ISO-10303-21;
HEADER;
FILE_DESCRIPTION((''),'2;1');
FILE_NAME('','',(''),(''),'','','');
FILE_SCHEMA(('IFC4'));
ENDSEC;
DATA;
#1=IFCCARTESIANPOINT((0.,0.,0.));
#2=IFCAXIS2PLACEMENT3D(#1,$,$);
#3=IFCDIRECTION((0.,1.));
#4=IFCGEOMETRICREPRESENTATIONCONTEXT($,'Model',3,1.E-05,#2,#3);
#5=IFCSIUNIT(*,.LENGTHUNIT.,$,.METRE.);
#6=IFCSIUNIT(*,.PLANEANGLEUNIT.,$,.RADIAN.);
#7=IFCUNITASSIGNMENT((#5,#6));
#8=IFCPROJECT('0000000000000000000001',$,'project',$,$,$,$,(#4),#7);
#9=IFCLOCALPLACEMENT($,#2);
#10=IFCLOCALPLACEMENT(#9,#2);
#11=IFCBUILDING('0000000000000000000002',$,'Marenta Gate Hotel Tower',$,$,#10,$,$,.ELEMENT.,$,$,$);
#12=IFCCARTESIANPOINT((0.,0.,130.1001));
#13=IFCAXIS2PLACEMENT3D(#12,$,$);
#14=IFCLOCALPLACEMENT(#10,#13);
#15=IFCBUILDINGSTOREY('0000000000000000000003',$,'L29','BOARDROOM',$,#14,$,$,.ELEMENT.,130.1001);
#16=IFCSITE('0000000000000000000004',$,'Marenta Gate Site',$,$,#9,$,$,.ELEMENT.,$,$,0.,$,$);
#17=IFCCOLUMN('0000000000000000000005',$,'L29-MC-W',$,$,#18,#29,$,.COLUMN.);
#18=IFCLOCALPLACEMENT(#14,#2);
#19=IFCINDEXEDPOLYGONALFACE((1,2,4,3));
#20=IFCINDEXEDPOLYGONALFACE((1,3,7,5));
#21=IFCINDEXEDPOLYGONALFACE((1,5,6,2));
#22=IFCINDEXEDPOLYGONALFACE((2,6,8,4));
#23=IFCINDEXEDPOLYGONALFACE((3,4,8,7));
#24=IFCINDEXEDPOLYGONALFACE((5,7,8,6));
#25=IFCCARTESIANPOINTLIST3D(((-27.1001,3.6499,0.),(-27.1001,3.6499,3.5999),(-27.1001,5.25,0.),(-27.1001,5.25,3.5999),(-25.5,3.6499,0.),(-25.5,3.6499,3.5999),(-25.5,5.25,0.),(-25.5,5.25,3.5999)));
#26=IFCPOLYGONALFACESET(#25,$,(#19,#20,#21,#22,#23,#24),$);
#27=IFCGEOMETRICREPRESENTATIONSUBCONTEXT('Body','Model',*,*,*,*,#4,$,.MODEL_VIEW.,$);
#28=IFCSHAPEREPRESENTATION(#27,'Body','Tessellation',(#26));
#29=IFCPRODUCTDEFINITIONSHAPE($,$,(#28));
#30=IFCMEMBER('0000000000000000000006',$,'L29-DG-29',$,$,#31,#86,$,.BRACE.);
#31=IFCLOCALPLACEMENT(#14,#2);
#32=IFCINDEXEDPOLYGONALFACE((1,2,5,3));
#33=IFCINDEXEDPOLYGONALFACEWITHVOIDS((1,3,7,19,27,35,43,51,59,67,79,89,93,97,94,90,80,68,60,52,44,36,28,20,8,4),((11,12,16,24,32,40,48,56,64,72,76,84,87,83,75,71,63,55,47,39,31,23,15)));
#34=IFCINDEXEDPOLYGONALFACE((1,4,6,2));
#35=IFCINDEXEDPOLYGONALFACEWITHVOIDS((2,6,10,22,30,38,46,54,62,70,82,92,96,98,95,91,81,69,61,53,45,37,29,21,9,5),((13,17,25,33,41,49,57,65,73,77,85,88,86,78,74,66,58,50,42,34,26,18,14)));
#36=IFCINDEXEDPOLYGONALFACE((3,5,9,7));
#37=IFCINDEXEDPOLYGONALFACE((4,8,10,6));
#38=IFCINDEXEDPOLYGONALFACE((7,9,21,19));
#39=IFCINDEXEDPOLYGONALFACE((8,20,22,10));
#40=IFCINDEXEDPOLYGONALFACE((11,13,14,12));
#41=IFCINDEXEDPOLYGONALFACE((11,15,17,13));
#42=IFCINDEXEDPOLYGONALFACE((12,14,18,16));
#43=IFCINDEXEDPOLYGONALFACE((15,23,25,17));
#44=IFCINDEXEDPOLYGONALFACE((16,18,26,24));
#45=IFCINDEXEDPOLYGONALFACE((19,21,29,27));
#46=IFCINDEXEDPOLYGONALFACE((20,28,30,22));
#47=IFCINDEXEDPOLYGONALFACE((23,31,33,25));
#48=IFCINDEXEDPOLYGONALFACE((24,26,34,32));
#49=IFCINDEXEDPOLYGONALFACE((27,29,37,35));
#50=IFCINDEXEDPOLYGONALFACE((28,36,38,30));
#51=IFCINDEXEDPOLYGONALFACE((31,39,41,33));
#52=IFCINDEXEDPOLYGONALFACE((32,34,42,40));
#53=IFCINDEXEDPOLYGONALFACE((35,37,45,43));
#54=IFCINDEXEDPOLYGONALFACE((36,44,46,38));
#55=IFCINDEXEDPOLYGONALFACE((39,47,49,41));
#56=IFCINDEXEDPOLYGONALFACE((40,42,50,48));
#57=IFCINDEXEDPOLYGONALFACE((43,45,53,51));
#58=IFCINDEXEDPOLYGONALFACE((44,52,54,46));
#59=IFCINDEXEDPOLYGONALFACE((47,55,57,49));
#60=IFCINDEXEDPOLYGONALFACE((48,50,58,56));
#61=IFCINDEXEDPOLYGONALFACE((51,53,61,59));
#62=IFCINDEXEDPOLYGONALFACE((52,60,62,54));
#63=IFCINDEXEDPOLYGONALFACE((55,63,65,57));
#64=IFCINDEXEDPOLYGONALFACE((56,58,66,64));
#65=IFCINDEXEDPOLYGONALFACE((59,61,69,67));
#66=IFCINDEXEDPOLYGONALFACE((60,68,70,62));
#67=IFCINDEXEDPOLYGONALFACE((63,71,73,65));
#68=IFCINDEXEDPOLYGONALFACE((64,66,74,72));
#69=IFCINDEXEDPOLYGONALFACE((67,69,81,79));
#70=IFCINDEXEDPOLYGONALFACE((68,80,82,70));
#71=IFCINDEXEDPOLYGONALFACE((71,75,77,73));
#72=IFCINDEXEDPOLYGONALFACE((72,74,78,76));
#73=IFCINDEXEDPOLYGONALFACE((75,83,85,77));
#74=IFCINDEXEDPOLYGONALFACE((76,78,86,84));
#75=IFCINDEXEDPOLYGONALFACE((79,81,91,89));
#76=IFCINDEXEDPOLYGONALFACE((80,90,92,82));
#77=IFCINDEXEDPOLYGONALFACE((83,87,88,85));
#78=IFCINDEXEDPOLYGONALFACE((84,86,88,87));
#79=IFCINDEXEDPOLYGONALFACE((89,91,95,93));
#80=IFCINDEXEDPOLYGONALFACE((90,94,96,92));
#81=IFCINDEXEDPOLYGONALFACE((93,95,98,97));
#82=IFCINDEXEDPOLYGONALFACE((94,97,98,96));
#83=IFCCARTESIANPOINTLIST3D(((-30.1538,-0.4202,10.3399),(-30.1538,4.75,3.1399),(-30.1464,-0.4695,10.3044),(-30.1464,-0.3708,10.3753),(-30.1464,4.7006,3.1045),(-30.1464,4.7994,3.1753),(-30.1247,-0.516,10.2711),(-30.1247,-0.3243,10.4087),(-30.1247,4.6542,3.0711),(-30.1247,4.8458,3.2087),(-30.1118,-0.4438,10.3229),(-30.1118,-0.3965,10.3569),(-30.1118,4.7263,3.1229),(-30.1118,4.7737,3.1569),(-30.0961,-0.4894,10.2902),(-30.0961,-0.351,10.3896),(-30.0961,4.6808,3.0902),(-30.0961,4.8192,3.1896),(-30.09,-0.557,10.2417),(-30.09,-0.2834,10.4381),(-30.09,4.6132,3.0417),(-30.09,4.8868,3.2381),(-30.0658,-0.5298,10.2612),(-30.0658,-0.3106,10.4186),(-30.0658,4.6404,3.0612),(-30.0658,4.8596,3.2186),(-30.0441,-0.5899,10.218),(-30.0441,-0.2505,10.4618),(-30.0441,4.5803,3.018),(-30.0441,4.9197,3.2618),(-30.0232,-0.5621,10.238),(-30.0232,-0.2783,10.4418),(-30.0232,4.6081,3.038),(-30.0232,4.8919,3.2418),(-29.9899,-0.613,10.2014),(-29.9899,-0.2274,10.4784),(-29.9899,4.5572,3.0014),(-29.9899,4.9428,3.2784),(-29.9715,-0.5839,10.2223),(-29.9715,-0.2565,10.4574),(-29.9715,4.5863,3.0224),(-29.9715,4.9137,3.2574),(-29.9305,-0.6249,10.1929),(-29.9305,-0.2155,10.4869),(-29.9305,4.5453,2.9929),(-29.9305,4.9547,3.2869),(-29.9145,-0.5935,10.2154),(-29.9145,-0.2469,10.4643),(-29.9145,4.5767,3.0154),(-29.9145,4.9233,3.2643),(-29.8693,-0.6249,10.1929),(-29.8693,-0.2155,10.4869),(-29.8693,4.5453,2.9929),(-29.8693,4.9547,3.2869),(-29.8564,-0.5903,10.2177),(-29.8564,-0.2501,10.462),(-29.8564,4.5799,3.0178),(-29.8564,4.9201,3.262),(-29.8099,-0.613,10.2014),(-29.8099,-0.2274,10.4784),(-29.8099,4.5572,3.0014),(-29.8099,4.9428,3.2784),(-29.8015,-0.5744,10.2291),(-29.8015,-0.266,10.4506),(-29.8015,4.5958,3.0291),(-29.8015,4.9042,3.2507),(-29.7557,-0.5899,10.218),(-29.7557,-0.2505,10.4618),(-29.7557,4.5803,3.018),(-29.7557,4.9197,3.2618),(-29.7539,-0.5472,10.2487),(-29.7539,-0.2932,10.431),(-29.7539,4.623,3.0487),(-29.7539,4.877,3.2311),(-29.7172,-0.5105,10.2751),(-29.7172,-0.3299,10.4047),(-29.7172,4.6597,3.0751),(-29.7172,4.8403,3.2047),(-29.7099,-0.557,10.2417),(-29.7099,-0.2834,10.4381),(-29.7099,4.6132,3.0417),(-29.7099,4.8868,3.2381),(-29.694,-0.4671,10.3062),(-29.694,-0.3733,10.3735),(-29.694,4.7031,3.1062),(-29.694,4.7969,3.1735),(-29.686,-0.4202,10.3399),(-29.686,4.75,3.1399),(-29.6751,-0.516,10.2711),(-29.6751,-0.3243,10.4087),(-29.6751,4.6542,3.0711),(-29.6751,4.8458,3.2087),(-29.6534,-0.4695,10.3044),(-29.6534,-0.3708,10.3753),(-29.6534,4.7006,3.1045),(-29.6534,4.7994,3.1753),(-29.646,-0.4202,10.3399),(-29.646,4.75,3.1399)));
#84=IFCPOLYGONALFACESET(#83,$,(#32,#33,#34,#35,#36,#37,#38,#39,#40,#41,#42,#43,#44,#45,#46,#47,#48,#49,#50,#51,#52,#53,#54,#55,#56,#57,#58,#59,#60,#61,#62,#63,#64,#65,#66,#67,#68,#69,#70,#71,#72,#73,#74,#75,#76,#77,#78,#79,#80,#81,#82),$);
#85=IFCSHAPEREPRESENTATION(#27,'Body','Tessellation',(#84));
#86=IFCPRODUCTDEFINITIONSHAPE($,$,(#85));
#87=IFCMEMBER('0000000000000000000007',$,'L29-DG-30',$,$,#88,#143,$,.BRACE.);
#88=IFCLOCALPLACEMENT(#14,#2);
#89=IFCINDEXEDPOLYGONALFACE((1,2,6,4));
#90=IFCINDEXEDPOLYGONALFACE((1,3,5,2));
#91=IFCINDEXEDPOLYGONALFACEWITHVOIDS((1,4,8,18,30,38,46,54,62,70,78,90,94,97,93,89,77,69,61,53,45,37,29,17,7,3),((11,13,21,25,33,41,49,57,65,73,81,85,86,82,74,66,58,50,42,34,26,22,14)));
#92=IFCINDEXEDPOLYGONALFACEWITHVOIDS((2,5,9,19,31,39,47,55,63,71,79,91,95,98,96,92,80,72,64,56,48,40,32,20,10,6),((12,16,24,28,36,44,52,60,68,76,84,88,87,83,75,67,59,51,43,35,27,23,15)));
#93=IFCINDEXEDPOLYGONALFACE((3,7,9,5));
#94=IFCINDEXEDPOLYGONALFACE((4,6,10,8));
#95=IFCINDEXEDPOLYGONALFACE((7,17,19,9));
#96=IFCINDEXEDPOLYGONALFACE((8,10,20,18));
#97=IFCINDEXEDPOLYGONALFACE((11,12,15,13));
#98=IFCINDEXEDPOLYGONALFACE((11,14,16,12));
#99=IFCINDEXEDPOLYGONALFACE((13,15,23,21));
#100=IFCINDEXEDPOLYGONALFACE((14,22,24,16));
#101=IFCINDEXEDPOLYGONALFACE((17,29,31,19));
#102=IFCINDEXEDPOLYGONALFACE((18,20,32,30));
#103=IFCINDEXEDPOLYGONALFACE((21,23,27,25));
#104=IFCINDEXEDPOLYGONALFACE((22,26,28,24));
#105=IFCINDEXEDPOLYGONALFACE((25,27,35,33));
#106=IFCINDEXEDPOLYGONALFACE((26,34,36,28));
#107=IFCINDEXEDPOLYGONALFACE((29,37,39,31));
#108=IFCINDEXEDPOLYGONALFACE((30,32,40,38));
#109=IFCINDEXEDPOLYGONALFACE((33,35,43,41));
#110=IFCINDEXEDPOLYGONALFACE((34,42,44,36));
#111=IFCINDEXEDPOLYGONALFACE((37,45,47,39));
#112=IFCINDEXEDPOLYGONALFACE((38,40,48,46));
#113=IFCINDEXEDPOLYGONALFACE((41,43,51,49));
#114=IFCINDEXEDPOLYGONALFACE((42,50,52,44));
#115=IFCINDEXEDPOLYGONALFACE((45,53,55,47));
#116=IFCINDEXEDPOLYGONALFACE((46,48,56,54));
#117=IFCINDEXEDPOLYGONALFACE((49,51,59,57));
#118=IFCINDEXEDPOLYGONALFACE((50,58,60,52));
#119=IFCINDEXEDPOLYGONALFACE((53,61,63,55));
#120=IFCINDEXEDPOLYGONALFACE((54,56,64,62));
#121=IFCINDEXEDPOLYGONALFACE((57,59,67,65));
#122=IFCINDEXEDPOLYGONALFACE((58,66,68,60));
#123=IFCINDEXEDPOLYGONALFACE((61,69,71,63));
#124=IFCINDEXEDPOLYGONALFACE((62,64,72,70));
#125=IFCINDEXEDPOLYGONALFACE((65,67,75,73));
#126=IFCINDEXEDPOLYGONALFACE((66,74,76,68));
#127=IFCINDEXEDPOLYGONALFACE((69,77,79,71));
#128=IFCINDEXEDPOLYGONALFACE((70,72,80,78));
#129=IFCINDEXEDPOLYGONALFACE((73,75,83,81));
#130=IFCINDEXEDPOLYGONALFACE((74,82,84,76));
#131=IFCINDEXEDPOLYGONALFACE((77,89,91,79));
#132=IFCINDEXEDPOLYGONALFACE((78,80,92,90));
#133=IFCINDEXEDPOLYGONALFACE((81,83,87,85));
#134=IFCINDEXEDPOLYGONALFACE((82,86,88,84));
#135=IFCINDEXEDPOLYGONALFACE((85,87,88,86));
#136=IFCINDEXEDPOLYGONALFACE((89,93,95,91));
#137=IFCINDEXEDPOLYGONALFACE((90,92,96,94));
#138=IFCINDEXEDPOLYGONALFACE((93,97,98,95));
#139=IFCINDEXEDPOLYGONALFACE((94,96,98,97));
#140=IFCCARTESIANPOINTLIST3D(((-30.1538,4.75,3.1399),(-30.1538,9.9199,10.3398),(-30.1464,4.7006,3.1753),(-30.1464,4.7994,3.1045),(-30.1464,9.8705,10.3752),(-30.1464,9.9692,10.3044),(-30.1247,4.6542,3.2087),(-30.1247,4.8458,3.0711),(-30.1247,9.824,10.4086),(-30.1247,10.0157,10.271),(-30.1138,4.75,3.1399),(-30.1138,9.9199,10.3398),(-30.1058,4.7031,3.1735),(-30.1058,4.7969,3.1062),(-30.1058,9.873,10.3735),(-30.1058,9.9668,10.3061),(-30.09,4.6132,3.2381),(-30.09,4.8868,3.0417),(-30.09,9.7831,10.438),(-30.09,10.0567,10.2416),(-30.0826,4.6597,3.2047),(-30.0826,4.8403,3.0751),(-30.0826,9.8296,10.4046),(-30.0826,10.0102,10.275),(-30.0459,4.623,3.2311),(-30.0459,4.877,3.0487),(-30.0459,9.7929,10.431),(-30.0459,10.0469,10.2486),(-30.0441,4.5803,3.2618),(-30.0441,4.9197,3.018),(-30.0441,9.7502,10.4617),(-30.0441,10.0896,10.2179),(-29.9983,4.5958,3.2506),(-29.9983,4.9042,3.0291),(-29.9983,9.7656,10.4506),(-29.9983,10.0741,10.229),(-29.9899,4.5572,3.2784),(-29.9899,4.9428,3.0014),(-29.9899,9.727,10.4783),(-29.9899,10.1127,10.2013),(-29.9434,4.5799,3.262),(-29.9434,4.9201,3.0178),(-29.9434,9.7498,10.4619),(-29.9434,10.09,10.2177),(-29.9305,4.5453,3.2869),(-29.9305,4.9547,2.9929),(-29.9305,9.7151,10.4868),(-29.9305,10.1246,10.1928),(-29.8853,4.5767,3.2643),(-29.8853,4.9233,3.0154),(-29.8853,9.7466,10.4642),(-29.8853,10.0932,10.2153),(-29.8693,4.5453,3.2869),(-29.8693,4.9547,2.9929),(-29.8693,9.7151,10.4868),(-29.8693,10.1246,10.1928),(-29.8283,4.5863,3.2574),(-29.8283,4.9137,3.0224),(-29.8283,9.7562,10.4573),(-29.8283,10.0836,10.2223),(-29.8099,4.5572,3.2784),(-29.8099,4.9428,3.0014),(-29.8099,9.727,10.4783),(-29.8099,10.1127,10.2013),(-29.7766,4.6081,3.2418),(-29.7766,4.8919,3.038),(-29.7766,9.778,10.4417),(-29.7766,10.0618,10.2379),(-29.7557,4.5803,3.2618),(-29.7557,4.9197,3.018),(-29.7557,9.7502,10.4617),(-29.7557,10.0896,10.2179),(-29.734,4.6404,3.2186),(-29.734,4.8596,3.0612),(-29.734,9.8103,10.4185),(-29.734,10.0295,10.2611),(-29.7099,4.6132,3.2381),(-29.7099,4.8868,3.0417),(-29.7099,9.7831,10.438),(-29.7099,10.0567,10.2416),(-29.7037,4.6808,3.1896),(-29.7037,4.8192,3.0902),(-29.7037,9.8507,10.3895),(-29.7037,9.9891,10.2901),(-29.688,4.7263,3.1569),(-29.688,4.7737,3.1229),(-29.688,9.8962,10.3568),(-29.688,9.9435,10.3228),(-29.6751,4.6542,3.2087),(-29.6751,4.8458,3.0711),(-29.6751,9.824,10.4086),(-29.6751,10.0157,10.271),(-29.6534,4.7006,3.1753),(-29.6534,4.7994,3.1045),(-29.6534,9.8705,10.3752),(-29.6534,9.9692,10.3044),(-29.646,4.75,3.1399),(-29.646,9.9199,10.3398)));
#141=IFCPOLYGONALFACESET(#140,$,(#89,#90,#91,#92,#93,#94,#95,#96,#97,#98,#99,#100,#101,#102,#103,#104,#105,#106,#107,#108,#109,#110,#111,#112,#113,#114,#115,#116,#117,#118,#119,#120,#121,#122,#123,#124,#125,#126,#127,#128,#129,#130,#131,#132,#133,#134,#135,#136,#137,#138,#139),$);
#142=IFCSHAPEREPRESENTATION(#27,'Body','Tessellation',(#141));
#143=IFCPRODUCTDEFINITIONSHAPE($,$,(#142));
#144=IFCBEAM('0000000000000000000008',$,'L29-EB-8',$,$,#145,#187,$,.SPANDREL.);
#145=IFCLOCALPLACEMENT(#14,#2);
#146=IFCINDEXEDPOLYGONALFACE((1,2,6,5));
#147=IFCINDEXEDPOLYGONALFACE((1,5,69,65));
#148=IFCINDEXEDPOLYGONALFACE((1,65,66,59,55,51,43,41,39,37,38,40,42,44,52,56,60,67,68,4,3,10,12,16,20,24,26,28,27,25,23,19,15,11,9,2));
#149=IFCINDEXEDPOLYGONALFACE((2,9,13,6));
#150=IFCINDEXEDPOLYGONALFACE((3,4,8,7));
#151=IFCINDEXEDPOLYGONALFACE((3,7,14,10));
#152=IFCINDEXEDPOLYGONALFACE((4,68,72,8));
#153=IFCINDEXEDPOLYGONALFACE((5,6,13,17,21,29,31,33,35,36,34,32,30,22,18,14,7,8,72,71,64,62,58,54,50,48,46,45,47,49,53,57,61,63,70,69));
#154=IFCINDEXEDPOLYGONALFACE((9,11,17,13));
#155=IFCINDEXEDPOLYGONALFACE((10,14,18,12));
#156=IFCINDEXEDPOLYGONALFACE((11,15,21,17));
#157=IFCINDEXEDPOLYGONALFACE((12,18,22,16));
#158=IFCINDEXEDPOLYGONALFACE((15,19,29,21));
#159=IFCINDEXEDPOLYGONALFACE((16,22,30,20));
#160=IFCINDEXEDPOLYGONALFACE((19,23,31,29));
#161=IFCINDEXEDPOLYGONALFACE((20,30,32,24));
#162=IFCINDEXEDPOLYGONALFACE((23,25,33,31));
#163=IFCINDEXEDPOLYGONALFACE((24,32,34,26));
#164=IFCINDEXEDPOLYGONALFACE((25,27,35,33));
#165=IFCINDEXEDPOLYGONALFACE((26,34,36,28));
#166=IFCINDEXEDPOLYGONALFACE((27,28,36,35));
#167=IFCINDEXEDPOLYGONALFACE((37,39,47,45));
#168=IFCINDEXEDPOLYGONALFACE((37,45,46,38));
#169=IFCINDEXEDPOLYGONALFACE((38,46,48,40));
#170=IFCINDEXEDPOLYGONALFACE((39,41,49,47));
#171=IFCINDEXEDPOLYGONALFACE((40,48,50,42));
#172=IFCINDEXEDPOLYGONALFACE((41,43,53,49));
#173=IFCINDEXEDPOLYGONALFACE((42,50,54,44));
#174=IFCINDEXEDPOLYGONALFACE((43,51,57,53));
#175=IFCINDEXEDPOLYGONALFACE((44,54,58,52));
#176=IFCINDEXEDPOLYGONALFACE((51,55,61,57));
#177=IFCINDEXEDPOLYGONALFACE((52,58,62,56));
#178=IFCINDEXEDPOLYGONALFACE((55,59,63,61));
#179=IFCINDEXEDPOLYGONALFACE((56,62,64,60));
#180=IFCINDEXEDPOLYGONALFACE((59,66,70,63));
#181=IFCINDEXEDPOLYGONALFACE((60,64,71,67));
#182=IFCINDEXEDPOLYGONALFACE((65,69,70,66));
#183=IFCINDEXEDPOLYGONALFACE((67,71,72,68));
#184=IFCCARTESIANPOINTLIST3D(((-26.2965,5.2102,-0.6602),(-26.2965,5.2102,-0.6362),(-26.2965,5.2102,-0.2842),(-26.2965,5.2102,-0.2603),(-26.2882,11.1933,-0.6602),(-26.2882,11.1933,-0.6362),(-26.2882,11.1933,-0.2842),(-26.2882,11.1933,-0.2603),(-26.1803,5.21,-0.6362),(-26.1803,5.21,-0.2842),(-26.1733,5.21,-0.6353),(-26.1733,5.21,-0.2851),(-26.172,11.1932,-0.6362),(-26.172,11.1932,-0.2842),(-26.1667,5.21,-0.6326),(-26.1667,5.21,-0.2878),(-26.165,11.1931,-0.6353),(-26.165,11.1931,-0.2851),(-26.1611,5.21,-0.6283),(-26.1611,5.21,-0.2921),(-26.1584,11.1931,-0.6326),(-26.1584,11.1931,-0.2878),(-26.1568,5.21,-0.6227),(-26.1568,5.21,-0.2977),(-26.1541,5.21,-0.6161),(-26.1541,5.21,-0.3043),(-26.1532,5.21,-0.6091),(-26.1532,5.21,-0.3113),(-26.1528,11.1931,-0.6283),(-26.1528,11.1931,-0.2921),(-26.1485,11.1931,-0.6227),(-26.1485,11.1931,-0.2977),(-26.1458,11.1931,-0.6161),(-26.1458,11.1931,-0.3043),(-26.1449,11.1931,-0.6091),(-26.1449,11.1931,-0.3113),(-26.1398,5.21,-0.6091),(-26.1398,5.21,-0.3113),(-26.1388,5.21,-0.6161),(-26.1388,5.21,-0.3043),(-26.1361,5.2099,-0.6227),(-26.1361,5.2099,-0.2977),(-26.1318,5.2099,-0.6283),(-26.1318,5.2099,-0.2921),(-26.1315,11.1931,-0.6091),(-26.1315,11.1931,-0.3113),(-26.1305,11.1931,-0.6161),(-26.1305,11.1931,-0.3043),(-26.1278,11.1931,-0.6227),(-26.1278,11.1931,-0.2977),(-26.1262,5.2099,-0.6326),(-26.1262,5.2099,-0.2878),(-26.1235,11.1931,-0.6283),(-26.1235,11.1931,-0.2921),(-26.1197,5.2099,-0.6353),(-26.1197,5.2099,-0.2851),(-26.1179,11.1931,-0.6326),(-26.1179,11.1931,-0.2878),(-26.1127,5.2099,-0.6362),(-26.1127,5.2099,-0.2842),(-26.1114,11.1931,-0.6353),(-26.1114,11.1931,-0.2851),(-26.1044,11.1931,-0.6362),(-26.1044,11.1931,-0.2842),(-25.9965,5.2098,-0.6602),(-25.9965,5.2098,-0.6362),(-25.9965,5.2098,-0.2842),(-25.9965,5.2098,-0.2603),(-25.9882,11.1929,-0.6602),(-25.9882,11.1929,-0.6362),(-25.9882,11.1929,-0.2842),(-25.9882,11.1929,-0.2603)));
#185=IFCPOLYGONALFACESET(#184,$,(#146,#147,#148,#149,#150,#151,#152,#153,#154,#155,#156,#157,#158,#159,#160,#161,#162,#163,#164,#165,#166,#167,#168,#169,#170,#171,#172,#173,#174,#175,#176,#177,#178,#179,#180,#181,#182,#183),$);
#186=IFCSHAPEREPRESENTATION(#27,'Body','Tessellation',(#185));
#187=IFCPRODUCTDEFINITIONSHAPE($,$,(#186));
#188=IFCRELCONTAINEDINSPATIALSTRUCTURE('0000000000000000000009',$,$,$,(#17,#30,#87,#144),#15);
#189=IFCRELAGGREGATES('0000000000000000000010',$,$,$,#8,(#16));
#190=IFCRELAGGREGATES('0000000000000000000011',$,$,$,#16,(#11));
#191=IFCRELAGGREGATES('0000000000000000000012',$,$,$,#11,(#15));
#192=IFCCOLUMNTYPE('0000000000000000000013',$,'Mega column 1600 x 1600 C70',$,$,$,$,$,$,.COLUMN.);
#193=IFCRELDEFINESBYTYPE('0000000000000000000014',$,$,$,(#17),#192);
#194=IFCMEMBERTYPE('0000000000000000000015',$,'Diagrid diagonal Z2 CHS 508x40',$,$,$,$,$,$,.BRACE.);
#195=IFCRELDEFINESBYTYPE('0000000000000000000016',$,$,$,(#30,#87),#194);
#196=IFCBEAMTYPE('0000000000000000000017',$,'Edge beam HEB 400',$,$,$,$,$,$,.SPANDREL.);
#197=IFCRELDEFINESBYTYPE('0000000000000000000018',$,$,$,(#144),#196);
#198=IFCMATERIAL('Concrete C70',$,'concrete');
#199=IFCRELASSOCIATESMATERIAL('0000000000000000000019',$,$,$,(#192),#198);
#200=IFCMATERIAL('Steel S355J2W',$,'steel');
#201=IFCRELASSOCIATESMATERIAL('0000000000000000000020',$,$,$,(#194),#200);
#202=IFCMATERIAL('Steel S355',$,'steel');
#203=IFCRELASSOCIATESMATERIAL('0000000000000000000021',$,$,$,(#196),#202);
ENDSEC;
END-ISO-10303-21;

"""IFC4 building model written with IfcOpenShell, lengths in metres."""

from ifc_helpers import new_model, si_unit, direction, frame, origin, origin_2d, place, context, subcontext, project, spatial, rectangle, hollow_circle, i_section, extrude, material, material_profile, profile_set, type_object, element, save


model = new_model("IFC4")

# Units and contexts
model_context = context("Model", 3, precision=1e-05, world=origin(), true_north=direction((0.0, 1.0)))
body_context = subcontext(model_context, "Body", "Model", "MODEL_VIEW")
ifc_project = project(units=[si_unit("LENGTHUNIT", "METRE"), si_unit("PLANEANGLEUNIT", "RADIAN")], contexts=[model_context])

# Site, building, storey
site_placement = place(None, origin())
site = spatial("IfcSite", under=ifc_project, at=site_placement, Name="Marenta Gate Site", CompositionType="ELEMENT", RefElevation=0.0)
building_placement = place(site_placement, origin())
building = spatial("IfcBuilding", under=site, at=building_placement, Name="Marenta Gate Hotel Tower", CompositionType="ELEMENT")
storey_placement = place(building_placement, frame((0.0, 0.0, 130.1001)))
storey = spatial("IfcBuildingStorey", under=building, at=storey_placement, Name="L29", Description="BOARDROOM", CompositionType="ELEMENT", Elevation=130.1001)

# Column
ifc_material_1 = material(Name="Concrete C70", Category="concrete")
ifc_material_profile_1 = material_profile(ifc_material_1, rectangle(XDim=1.6001, YDim=1.6001, at=origin_2d()), Name="1600 x 1600")
ifc_profile_set_1 = profile_set([ifc_material_profile_1], Name="Concrete C70")
column_type = type_object("IfcColumnType", Name="Mega column 1600 x 1600 C70", PredefinedType="COLUMN", material=ifc_profile_set_1)
column_placement = place(storey_placement, frame((-26.3, 4.45, 0.0), z_axis=(0.0, 0.0, 1.0), x_axis=(1.0, 0.0, 0.0)))
element("IfcColumn", 1, at=column_placement, inside=storey, type_object=column_type, Name="L29-MC-W", PredefinedType="COLUMN", context=body_context, shape_type="SweptSolid", body=[
    extrude(rectangle(XDim=1.6001, YDim=1.6001, at=origin_2d()), origin(), (0.0, 0.0, 1.0), 3.5999),
])

# Members
ifc_material_2 = material(Name="Steel S355J2W", Category="steel")
ifc_material_profile_2 = material_profile(ifc_material_2, hollow_circle(Radius=0.2539, WallThickness=0.04, at=origin_2d()), Name="CHS 508x40")
ifc_profile_set_2 = profile_set([ifc_material_profile_2], Name="Steel S355J2W")
member_type_1 = type_object("IfcMemberType", Name="Diagrid diagonal Z2 CHS 508x40", PredefinedType="BRACE", material=ifc_profile_set_2)
member_1_placement = place(storey_placement, frame((-29.8999, 4.75, 3.1399), z_axis=(0.0, -0.583279, 0.812272), x_axis=(1.0, 0.0, 0.0)))
element("IfcMember", 2, at=member_1_placement, inside=storey, type_object=member_type_1, Name="L29-DG-29", PredefinedType="BRACE", context=body_context, shape_type="SweptSolid", body=[
    extrude(hollow_circle(Radius=0.2539, WallThickness=0.04, at=origin_2d()), origin(), (0.0, 0.0, 1.0), 8.864),
])
member_2_placement = place(storey_placement, frame((-29.8999, 4.75, 3.1399), z_axis=(0.0, 0.583261, 0.812285), x_axis=(-1.0, 0.0, 0.0)))
element("IfcMember", 3, at=member_2_placement, inside=storey, type_object=member_type_1, Name="L29-DG-30", PredefinedType="BRACE", context=body_context, shape_type="SweptSolid", body=[
    extrude(hollow_circle(Radius=0.2539, WallThickness=0.04, at=origin_2d()), origin(), (0.0, 0.0, 1.0), 8.8638),
])

# Beam
ifc_material_3 = material(Name="Steel S355", Category="steel")
ifc_material_profile_3 = material_profile(ifc_material_3, i_section(OverallWidth=0.3, OverallDepth=0.3999, WebThickness=0.0134, FlangeThickness=0.0239, FilletRadius=0.0271, at=origin_2d()), Name="HEB 400")
ifc_profile_set_3 = profile_set([ifc_material_profile_3], Name="Steel S355")
beam_type_1 = type_object("IfcBeamType", Name="Edge beam HEB 400", PredefinedType="SPANDREL", material=ifc_profile_set_3)
beam_1_placement = place(storey_placement, frame((-26.1465, 5.21, -0.4602), z_axis=(0.001387, 0.999999, 0.0), x_axis=(-0.999999, 0.001387, 0.0)))
element("IfcBeam", 4, at=beam_1_placement, inside=storey, type_object=beam_type_1, Name="L29-EB-8", PredefinedType="SPANDREL", context=body_context, shape_type="SweptSolid", body=[
    extrude(i_section(OverallWidth=0.3, OverallDepth=0.3999, WebThickness=0.0134, FlangeThickness=0.0239, FilletRadius=0.0271, at=origin_2d()), origin(), (0.0, 0.0, 1.0), 5.9832),
])

save(model, "model.ifc")
